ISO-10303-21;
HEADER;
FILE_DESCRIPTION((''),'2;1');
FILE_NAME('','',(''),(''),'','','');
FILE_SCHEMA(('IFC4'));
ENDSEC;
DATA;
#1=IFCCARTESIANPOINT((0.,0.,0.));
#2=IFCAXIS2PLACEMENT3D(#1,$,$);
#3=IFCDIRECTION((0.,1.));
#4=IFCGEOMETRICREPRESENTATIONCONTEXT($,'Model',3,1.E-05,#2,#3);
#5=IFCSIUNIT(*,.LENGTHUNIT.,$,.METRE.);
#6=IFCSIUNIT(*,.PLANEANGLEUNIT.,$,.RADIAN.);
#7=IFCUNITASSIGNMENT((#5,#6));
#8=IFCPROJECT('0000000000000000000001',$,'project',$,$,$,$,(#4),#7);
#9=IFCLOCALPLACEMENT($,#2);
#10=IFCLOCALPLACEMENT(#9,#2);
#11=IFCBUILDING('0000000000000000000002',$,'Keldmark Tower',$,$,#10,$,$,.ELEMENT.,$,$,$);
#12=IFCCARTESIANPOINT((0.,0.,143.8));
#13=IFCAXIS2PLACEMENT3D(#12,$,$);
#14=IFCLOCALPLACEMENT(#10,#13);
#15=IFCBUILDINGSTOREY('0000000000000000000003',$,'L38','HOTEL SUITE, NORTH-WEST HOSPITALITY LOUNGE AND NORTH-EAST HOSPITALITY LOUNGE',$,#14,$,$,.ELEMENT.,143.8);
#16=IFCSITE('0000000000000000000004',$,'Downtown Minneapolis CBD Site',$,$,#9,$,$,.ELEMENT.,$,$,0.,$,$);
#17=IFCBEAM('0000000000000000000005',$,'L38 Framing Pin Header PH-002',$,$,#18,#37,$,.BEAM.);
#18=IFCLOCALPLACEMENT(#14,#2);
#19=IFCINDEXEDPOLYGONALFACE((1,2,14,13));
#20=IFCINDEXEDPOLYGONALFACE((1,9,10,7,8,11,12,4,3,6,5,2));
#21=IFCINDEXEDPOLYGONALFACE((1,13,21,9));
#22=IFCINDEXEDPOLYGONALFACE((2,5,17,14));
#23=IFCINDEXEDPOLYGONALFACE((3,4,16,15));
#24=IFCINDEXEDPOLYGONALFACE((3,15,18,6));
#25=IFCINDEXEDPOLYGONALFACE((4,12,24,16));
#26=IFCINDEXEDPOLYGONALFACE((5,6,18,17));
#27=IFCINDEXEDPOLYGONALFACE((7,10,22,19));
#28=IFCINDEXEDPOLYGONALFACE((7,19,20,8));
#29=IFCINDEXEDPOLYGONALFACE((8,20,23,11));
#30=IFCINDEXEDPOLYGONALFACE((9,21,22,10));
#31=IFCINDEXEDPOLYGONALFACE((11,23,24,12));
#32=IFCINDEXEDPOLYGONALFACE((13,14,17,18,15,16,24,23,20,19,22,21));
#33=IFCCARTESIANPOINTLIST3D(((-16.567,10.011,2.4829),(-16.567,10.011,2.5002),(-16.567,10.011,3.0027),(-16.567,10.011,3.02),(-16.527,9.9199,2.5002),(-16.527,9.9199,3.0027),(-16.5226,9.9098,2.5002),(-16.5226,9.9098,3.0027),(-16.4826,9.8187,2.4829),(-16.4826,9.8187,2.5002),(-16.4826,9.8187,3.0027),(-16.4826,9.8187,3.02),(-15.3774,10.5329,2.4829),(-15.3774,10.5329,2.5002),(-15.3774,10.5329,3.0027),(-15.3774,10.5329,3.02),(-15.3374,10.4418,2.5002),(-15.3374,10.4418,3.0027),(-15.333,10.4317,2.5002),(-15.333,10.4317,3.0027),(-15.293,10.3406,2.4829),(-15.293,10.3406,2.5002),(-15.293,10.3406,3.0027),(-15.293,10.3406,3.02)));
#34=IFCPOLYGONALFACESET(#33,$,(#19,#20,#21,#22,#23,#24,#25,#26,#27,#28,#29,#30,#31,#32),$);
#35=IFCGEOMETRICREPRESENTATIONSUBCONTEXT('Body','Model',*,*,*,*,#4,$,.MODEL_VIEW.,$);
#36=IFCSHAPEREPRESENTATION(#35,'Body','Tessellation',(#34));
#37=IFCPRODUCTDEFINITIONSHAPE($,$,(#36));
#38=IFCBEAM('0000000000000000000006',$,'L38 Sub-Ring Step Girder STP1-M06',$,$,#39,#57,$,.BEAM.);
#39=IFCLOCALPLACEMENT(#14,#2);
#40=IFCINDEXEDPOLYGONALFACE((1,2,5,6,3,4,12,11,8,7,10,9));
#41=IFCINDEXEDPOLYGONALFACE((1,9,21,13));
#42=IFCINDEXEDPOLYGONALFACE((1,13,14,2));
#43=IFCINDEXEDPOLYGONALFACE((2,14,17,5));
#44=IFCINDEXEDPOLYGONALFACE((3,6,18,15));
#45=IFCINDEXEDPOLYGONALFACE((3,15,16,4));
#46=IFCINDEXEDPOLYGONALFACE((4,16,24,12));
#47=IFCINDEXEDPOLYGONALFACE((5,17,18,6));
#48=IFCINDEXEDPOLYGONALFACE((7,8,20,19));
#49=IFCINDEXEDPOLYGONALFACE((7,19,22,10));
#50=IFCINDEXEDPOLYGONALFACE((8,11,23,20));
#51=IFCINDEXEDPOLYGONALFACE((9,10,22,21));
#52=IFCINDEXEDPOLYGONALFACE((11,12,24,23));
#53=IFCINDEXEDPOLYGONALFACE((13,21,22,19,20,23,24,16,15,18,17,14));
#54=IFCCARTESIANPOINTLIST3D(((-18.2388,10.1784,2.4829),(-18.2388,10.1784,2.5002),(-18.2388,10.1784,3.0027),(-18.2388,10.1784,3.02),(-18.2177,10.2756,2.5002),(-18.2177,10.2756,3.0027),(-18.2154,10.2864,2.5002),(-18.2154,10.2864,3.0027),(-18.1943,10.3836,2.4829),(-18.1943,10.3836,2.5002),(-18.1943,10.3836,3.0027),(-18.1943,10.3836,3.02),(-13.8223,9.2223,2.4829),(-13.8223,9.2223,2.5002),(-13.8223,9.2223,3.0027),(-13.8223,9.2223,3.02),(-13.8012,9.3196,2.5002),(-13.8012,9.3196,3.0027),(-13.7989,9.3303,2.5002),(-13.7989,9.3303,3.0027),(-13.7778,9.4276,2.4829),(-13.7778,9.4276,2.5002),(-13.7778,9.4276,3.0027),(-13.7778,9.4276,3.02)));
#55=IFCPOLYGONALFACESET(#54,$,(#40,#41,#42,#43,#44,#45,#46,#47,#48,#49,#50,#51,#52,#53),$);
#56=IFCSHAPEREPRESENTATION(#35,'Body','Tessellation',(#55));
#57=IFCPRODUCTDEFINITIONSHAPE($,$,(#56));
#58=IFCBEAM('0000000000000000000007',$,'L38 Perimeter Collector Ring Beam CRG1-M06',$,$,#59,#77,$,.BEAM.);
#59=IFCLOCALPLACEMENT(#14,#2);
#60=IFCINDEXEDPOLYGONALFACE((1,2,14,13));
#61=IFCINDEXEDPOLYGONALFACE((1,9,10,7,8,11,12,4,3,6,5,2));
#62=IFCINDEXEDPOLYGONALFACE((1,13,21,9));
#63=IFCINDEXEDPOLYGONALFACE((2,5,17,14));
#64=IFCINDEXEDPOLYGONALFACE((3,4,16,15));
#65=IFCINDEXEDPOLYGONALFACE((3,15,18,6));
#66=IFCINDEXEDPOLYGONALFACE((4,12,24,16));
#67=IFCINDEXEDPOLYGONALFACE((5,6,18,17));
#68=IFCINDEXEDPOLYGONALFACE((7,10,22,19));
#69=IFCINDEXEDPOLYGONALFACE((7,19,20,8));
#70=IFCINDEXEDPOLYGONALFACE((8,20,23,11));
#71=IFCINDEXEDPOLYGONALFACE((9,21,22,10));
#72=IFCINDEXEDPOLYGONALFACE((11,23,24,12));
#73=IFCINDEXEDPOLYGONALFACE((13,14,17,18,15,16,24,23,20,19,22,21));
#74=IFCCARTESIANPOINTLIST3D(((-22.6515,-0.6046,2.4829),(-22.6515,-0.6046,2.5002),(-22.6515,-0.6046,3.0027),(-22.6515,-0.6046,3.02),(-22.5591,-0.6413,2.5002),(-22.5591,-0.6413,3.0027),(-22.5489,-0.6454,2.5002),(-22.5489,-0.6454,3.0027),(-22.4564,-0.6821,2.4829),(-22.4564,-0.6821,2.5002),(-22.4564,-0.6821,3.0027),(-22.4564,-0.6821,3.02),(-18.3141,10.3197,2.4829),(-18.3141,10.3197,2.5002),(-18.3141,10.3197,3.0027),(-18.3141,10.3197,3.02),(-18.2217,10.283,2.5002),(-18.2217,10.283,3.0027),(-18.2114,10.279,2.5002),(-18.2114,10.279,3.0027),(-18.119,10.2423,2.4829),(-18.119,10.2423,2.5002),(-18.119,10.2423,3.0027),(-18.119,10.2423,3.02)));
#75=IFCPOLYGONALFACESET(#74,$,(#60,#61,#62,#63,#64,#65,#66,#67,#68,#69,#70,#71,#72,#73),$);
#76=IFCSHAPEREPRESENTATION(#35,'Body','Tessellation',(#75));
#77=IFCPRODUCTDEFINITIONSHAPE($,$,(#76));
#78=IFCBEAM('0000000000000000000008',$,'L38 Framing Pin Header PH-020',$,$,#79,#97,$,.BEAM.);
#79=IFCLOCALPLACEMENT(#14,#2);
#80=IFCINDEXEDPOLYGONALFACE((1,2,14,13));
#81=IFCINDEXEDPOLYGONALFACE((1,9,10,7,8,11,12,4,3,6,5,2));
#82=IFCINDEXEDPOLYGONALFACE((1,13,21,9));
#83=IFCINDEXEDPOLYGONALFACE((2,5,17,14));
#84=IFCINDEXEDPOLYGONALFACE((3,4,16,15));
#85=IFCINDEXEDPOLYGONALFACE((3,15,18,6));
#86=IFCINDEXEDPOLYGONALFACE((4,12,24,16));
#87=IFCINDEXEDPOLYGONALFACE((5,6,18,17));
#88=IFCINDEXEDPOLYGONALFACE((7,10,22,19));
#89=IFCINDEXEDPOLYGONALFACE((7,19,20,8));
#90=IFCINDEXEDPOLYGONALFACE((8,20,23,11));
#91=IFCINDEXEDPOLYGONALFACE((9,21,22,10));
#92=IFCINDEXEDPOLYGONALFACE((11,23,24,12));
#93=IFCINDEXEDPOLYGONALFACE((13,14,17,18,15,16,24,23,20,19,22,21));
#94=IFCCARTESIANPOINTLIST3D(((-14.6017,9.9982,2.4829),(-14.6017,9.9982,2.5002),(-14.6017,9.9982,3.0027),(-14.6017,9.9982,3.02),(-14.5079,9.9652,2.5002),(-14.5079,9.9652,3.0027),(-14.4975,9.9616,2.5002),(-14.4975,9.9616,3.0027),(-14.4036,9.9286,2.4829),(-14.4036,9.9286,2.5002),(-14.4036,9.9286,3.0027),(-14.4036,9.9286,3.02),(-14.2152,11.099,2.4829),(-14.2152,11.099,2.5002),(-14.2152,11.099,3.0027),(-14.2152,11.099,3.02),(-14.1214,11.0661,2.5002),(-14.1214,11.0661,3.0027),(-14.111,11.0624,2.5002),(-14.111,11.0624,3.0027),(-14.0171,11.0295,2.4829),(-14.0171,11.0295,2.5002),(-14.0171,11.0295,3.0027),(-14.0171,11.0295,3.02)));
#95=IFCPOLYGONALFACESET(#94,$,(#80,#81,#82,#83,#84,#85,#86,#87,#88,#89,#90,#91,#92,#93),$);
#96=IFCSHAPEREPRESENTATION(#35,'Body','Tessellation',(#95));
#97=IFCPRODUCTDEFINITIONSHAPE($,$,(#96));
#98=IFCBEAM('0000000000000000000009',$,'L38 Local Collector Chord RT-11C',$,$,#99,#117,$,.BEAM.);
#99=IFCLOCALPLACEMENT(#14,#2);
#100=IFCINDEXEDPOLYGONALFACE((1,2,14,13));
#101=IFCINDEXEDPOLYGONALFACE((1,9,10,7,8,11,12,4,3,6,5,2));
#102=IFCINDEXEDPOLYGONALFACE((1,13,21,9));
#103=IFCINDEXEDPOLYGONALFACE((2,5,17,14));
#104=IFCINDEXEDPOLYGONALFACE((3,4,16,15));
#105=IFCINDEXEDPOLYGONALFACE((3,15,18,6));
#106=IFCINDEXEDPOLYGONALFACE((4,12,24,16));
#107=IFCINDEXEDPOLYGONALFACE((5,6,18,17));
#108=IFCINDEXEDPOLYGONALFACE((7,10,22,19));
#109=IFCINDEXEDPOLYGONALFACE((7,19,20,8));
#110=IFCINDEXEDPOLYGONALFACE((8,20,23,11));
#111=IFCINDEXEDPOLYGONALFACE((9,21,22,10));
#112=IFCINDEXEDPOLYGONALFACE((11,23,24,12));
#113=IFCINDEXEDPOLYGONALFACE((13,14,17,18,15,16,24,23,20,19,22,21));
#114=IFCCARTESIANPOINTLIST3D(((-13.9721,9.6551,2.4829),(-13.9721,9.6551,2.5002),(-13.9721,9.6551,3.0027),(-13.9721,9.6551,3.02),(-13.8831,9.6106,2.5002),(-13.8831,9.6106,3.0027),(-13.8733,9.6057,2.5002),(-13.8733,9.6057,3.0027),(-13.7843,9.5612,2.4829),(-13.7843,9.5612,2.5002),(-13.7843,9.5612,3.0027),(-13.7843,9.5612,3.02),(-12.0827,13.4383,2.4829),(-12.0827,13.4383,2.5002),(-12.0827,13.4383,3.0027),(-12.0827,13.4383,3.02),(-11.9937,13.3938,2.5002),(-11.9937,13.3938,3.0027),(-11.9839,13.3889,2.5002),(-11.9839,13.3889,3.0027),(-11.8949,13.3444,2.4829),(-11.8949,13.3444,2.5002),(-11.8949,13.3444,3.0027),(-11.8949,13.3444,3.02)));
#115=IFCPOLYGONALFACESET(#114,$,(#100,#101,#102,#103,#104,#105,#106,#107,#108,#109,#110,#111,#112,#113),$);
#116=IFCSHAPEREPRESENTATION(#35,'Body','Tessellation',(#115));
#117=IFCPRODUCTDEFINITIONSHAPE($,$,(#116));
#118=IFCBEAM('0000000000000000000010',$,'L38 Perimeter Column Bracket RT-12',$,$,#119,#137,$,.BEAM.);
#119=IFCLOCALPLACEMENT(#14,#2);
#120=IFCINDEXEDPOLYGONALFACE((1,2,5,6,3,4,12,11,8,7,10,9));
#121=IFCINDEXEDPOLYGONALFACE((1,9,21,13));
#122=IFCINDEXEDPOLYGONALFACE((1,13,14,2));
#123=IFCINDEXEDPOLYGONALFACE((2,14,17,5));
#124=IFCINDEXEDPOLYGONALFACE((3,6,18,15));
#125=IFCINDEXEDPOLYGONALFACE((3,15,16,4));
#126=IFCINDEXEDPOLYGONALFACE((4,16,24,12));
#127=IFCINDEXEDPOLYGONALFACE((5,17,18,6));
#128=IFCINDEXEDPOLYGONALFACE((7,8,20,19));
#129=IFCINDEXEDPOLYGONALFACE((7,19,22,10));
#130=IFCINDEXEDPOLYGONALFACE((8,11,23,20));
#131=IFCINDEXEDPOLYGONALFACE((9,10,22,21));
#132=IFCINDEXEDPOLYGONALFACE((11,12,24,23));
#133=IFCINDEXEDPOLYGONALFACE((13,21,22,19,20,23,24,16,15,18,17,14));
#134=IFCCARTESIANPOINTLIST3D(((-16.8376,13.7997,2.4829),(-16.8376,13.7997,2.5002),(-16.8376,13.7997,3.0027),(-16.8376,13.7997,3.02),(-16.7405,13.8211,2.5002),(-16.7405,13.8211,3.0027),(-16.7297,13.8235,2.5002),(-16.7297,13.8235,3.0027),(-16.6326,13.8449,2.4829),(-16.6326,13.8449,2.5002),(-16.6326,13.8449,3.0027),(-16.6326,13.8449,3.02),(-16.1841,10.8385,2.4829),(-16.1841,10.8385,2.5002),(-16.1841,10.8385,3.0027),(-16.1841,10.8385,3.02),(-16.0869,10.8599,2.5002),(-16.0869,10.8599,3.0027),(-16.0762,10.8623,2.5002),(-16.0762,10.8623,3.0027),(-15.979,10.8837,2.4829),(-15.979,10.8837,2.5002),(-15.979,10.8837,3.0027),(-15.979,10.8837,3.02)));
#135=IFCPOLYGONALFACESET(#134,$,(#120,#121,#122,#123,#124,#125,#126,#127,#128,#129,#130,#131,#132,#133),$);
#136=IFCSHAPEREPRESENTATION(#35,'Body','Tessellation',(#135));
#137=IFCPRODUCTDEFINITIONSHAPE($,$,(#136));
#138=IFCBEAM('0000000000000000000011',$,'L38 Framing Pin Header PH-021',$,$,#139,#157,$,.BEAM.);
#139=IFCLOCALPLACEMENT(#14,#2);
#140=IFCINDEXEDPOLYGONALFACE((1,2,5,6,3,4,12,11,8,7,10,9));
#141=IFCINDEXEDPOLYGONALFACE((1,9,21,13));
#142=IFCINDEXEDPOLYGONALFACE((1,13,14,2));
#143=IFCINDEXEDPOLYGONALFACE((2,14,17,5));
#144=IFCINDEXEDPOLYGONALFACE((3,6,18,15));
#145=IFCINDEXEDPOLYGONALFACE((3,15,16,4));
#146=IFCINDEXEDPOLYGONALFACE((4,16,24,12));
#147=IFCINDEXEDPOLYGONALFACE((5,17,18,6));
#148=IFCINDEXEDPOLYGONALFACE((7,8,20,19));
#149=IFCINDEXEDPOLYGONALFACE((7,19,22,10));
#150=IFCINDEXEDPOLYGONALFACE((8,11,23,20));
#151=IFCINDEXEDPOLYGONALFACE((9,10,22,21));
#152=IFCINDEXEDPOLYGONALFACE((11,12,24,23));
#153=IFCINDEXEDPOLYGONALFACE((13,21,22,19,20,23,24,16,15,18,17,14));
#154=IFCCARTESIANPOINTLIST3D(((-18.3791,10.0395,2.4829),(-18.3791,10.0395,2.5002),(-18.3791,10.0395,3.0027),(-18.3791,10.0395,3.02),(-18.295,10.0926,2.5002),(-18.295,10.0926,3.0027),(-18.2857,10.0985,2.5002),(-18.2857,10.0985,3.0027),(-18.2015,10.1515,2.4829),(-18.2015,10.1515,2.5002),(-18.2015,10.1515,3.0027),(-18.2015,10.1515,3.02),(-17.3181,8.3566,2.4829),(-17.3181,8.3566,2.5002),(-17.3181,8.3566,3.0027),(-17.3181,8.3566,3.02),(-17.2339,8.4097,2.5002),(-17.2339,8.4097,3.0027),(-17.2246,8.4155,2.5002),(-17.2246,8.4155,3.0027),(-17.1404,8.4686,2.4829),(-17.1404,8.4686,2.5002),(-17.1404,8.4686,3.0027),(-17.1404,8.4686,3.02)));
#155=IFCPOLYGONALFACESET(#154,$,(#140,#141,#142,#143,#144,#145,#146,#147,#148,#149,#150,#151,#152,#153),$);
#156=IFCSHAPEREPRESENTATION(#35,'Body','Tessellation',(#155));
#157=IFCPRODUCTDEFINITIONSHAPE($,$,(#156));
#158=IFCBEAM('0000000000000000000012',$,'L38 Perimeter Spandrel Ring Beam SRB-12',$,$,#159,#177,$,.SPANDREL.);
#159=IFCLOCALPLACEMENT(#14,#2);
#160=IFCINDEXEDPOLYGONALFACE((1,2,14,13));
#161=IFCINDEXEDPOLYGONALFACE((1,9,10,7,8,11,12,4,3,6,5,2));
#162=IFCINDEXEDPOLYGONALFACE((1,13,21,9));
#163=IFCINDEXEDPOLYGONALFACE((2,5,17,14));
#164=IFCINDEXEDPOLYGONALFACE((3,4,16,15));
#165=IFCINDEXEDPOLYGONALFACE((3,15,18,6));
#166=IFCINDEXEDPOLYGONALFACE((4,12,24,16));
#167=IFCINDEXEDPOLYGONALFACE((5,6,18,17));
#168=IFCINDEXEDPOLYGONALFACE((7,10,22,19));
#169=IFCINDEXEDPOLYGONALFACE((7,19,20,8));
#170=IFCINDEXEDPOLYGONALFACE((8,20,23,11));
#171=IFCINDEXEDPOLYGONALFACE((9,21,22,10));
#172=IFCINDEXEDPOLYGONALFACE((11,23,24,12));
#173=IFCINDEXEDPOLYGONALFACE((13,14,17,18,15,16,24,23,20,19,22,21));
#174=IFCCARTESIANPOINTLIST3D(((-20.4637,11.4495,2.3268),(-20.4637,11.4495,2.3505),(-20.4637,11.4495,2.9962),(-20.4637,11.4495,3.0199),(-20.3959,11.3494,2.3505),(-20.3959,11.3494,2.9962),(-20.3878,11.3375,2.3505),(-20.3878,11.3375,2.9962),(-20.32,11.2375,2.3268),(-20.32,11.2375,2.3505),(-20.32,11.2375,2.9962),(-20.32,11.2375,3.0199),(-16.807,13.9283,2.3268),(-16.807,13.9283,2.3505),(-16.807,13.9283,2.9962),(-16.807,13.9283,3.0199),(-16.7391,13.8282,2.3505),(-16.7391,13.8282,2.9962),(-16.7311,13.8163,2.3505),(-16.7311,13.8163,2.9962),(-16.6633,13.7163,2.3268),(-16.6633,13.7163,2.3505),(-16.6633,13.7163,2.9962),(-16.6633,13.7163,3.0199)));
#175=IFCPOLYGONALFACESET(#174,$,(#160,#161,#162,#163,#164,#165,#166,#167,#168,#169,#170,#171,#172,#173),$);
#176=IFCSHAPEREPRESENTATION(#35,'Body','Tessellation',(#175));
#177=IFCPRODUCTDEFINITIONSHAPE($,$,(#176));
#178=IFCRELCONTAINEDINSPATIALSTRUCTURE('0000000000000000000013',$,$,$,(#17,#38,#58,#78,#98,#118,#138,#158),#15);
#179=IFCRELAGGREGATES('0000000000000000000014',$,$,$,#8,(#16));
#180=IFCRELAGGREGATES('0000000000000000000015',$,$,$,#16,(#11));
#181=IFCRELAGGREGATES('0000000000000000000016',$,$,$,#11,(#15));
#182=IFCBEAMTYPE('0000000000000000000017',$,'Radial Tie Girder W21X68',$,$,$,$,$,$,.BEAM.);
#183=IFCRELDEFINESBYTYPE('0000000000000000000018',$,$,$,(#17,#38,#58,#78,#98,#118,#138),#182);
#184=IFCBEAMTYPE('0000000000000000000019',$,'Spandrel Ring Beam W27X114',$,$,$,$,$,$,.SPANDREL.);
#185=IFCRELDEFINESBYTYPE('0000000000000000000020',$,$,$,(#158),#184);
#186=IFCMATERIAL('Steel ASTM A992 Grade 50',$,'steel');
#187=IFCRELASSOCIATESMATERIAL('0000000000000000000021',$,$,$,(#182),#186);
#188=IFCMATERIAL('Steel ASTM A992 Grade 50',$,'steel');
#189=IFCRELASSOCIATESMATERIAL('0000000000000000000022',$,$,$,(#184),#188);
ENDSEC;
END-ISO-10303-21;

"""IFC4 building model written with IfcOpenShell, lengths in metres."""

from ifc_helpers import new_model, si_unit, direction, frame, origin, origin_2d, place, context, subcontext, project, spatial, i_section, extrude, material, material_profile, profile_set, type_object, element, save


model = new_model("IFC4")

# Units and contexts
model_context = context("Model", 3, precision=1e-05, world=origin(), true_north=direction((0.0, 1.0)))
body_context = subcontext(model_context, "Body", "Model", "MODEL_VIEW")
ifc_project = project(units=[si_unit("LENGTHUNIT", "METRE"), si_unit("PLANEANGLEUNIT", "RADIAN")], contexts=[model_context])

# Site, building, storey
site_placement = place(None, origin())
site = spatial("IfcSite", under=ifc_project, at=site_placement, Name="Downtown Minneapolis CBD Site", CompositionType="ELEMENT", RefElevation=0.0)
building_placement = place(site_placement, origin())
building = spatial("IfcBuilding", under=site, at=building_placement, Name="Keldmark Tower", CompositionType="ELEMENT")
storey_placement = place(building_placement, frame((0.0, 0.0, 143.8)))
storey = spatial("IfcBuildingStorey", under=building, at=storey_placement, Name="L38", Description="HOTEL SUITE, NORTH-WEST HOSPITALITY LOUNGE AND NORTH-EAST HOSPITALITY LOUNGE", CompositionType="ELEMENT", Elevation=143.8)

# Beams
ifc_material_1 = material(Name="Steel ASTM A992 Grade 50", Category="steel")
ifc_material_profile_1 = material_profile(ifc_material_1, i_section(OverallWidth=0.21, OverallDepth=0.5371, WebThickness=0.011, FlangeThickness=0.0173, at=origin_2d()), Name="W21X68")
ifc_profile_set_1 = profile_set([ifc_material_profile_1], Name="Steel ASTM A992 Grade 50")
beam_type_1 = type_object("IfcBeamType", Name="Radial Tie Girder W21X68", PredefinedType="BEAM", material=ifc_profile_set_1)
beam_1_placement = place(storey_placement, frame((-15.3352, 10.4368, 2.7515), z_axis=(-0.915738, -0.401775, 0.0), x_axis=(0.401775, -0.915738, 0.0)))
element("IfcBeam", 1, at=beam_1_placement, inside=storey, type_object=beam_type_1, Name="L38 Framing Pin Header PH-002", PredefinedType="BEAM", context=body_context, shape_type="SweptSolid", body=[
    extrude(i_section(OverallWidth=0.21, OverallDepth=0.5371, WebThickness=0.011, FlangeThickness=0.0173, at=origin_2d()), origin(), (0.0, 0.0, 1.0), 1.2991),
])
beam_2_placement = place(storey_placement, frame((-13.8, 9.325, 2.7515), z_axis=(-0.977362, 0.211573, 0.0), x_axis=(-0.211573, -0.977362, 0.0)))
element("IfcBeam", 2, at=beam_2_placement, inside=storey, type_object=beam_type_1, Name="L38 Sub-Ring Step Girder STP1-M06", PredefinedType="BEAM", context=body_context, shape_type="SweptSolid", body=[
    extrude(i_section(OverallWidth=0.21, OverallDepth=0.5371, WebThickness=0.011, FlangeThickness=0.0173, at=origin_2d()), origin(), (0.0, 0.0, 1.0), 4.5188),
])
beam_3_placement = place(storey_placement, frame((-18.2166, 10.281, 2.7515), z_axis=(-0.369019, -0.929422, 0.0), x_axis=(0.929422, -0.369019, 0.0)))
element("IfcBeam", 3, at=beam_3_placement, inside=storey, type_object=beam_type_1, Name="L38 Perimeter Collector Ring Beam CRG1-M06", PredefinedType="BEAM", context=body_context, shape_type="SweptSolid", body=[
    extrude(i_section(OverallWidth=0.21, OverallDepth=0.5371, WebThickness=0.011, FlangeThickness=0.0173, at=origin_2d()), origin(), (0.0, 0.0, 1.0), 11.7539),
])
beam_4_placement = place(storey_placement, frame((-14.5027, 9.9634, 2.7515), z_axis=(0.331254, 0.943541, 0.0), x_axis=(-0.943541, 0.331254, 0.0)))
element("IfcBeam", 4, at=beam_4_placement, inside=storey, type_object=beam_type_1, Name="L38 Framing Pin Header PH-020", PredefinedType="BEAM", context=body_context, shape_type="SweptSolid", body=[
    extrude(i_section(OverallWidth=0.21, OverallDepth=0.5371, WebThickness=0.011, FlangeThickness=0.0173, at=origin_2d()), origin(), (0.0, 0.0, 1.0), 1.1667),
])
beam_5_placement = place(storey_placement, frame((-13.8782, 9.6082, 2.7515), z_axis=(0.446798, 0.894635, 0.0), x_axis=(-0.894635, 0.446798, 0.0)))
element("IfcBeam", 5, at=beam_5_placement, inside=storey, type_object=beam_type_1, Name="L38 Local Collector Chord RT-11C", PredefinedType="BEAM", context=body_context, shape_type="SweptSolid", body=[
    extrude(i_section(OverallWidth=0.21, OverallDepth=0.5371, WebThickness=0.011, FlangeThickness=0.0173, at=origin_2d()), origin(), (0.0, 0.0, 1.0), 4.2288),
])
beam_6_placement = place(storey_placement, frame((-16.0815, 10.8611, 2.7515), z_axis=(-0.215524, 0.976499, 0.0), x_axis=(-0.976499, -0.215524, 0.0)))
element("IfcBeam", 6, at=beam_6_placement, inside=storey, type_object=beam_type_1, Name="L38 Perimeter Column Bracket RT-12", PredefinedType="BEAM", context=body_context, shape_type="SweptSolid", body=[
    extrude(i_section(OverallWidth=0.21, OverallDepth=0.5371, WebThickness=0.011, FlangeThickness=0.0173, at=origin_2d()), origin(), (0.0, 0.0, 1.0), 3.0325),
])
beam_7_placement = place(storey_placement, frame((-17.2292, 8.4126, 2.7515), z_axis=(-0.533337, 0.845903, 0.0), x_axis=(-0.845903, -0.533337, 0.0)))
element("IfcBeam", 7, at=beam_7_placement, inside=storey, type_object=beam_type_1, Name="L38 Framing Pin Header PH-021", PredefinedType="BEAM", context=body_context, shape_type="SweptSolid", body=[
    extrude(i_section(OverallWidth=0.21, OverallDepth=0.5371, WebThickness=0.011, FlangeThickness=0.0173, at=origin_2d()), origin(), (0.0, 0.0, 1.0), 1.9895),
])
ifc_material_2 = material(Name="Steel ASTM A992 Grade 50", Category="steel")
ifc_material_profile_2 = material_profile(ifc_material_2, i_section(OverallWidth=0.2561, OverallDepth=0.6931, WebThickness=0.0144, FlangeThickness=0.0237, at=origin_2d()), Name="W27X114")
ifc_profile_set_2 = profile_set([ifc_material_profile_2], Name="Steel ASTM A992 Grade 50")
beam_type_2 = type_object("IfcBeamType", Name="Spandrel Ring Beam W27X114", PredefinedType="SPANDREL", material=ifc_profile_set_2)
beam_8_placement = place(storey_placement, frame((-16.7351, 13.8223, 2.6733), z_axis=(-0.827749, -0.561099, 0.0), x_axis=(0.561099, -0.827749, 0.0)))
element("IfcBeam", 8, at=beam_8_placement, inside=storey, type_object=beam_type_2, Name="L38 Perimeter Spandrel Ring Beam SRB-12", PredefinedType="SPANDREL", context=body_context, shape_type="SweptSolid", body=[
    extrude(i_section(OverallWidth=0.2561, OverallDepth=0.6931, WebThickness=0.0144, FlangeThickness=0.0237, at=origin_2d()), origin(), (0.0, 0.0, 1.0), 4.4177),
])

save(model, "model.ifc")
